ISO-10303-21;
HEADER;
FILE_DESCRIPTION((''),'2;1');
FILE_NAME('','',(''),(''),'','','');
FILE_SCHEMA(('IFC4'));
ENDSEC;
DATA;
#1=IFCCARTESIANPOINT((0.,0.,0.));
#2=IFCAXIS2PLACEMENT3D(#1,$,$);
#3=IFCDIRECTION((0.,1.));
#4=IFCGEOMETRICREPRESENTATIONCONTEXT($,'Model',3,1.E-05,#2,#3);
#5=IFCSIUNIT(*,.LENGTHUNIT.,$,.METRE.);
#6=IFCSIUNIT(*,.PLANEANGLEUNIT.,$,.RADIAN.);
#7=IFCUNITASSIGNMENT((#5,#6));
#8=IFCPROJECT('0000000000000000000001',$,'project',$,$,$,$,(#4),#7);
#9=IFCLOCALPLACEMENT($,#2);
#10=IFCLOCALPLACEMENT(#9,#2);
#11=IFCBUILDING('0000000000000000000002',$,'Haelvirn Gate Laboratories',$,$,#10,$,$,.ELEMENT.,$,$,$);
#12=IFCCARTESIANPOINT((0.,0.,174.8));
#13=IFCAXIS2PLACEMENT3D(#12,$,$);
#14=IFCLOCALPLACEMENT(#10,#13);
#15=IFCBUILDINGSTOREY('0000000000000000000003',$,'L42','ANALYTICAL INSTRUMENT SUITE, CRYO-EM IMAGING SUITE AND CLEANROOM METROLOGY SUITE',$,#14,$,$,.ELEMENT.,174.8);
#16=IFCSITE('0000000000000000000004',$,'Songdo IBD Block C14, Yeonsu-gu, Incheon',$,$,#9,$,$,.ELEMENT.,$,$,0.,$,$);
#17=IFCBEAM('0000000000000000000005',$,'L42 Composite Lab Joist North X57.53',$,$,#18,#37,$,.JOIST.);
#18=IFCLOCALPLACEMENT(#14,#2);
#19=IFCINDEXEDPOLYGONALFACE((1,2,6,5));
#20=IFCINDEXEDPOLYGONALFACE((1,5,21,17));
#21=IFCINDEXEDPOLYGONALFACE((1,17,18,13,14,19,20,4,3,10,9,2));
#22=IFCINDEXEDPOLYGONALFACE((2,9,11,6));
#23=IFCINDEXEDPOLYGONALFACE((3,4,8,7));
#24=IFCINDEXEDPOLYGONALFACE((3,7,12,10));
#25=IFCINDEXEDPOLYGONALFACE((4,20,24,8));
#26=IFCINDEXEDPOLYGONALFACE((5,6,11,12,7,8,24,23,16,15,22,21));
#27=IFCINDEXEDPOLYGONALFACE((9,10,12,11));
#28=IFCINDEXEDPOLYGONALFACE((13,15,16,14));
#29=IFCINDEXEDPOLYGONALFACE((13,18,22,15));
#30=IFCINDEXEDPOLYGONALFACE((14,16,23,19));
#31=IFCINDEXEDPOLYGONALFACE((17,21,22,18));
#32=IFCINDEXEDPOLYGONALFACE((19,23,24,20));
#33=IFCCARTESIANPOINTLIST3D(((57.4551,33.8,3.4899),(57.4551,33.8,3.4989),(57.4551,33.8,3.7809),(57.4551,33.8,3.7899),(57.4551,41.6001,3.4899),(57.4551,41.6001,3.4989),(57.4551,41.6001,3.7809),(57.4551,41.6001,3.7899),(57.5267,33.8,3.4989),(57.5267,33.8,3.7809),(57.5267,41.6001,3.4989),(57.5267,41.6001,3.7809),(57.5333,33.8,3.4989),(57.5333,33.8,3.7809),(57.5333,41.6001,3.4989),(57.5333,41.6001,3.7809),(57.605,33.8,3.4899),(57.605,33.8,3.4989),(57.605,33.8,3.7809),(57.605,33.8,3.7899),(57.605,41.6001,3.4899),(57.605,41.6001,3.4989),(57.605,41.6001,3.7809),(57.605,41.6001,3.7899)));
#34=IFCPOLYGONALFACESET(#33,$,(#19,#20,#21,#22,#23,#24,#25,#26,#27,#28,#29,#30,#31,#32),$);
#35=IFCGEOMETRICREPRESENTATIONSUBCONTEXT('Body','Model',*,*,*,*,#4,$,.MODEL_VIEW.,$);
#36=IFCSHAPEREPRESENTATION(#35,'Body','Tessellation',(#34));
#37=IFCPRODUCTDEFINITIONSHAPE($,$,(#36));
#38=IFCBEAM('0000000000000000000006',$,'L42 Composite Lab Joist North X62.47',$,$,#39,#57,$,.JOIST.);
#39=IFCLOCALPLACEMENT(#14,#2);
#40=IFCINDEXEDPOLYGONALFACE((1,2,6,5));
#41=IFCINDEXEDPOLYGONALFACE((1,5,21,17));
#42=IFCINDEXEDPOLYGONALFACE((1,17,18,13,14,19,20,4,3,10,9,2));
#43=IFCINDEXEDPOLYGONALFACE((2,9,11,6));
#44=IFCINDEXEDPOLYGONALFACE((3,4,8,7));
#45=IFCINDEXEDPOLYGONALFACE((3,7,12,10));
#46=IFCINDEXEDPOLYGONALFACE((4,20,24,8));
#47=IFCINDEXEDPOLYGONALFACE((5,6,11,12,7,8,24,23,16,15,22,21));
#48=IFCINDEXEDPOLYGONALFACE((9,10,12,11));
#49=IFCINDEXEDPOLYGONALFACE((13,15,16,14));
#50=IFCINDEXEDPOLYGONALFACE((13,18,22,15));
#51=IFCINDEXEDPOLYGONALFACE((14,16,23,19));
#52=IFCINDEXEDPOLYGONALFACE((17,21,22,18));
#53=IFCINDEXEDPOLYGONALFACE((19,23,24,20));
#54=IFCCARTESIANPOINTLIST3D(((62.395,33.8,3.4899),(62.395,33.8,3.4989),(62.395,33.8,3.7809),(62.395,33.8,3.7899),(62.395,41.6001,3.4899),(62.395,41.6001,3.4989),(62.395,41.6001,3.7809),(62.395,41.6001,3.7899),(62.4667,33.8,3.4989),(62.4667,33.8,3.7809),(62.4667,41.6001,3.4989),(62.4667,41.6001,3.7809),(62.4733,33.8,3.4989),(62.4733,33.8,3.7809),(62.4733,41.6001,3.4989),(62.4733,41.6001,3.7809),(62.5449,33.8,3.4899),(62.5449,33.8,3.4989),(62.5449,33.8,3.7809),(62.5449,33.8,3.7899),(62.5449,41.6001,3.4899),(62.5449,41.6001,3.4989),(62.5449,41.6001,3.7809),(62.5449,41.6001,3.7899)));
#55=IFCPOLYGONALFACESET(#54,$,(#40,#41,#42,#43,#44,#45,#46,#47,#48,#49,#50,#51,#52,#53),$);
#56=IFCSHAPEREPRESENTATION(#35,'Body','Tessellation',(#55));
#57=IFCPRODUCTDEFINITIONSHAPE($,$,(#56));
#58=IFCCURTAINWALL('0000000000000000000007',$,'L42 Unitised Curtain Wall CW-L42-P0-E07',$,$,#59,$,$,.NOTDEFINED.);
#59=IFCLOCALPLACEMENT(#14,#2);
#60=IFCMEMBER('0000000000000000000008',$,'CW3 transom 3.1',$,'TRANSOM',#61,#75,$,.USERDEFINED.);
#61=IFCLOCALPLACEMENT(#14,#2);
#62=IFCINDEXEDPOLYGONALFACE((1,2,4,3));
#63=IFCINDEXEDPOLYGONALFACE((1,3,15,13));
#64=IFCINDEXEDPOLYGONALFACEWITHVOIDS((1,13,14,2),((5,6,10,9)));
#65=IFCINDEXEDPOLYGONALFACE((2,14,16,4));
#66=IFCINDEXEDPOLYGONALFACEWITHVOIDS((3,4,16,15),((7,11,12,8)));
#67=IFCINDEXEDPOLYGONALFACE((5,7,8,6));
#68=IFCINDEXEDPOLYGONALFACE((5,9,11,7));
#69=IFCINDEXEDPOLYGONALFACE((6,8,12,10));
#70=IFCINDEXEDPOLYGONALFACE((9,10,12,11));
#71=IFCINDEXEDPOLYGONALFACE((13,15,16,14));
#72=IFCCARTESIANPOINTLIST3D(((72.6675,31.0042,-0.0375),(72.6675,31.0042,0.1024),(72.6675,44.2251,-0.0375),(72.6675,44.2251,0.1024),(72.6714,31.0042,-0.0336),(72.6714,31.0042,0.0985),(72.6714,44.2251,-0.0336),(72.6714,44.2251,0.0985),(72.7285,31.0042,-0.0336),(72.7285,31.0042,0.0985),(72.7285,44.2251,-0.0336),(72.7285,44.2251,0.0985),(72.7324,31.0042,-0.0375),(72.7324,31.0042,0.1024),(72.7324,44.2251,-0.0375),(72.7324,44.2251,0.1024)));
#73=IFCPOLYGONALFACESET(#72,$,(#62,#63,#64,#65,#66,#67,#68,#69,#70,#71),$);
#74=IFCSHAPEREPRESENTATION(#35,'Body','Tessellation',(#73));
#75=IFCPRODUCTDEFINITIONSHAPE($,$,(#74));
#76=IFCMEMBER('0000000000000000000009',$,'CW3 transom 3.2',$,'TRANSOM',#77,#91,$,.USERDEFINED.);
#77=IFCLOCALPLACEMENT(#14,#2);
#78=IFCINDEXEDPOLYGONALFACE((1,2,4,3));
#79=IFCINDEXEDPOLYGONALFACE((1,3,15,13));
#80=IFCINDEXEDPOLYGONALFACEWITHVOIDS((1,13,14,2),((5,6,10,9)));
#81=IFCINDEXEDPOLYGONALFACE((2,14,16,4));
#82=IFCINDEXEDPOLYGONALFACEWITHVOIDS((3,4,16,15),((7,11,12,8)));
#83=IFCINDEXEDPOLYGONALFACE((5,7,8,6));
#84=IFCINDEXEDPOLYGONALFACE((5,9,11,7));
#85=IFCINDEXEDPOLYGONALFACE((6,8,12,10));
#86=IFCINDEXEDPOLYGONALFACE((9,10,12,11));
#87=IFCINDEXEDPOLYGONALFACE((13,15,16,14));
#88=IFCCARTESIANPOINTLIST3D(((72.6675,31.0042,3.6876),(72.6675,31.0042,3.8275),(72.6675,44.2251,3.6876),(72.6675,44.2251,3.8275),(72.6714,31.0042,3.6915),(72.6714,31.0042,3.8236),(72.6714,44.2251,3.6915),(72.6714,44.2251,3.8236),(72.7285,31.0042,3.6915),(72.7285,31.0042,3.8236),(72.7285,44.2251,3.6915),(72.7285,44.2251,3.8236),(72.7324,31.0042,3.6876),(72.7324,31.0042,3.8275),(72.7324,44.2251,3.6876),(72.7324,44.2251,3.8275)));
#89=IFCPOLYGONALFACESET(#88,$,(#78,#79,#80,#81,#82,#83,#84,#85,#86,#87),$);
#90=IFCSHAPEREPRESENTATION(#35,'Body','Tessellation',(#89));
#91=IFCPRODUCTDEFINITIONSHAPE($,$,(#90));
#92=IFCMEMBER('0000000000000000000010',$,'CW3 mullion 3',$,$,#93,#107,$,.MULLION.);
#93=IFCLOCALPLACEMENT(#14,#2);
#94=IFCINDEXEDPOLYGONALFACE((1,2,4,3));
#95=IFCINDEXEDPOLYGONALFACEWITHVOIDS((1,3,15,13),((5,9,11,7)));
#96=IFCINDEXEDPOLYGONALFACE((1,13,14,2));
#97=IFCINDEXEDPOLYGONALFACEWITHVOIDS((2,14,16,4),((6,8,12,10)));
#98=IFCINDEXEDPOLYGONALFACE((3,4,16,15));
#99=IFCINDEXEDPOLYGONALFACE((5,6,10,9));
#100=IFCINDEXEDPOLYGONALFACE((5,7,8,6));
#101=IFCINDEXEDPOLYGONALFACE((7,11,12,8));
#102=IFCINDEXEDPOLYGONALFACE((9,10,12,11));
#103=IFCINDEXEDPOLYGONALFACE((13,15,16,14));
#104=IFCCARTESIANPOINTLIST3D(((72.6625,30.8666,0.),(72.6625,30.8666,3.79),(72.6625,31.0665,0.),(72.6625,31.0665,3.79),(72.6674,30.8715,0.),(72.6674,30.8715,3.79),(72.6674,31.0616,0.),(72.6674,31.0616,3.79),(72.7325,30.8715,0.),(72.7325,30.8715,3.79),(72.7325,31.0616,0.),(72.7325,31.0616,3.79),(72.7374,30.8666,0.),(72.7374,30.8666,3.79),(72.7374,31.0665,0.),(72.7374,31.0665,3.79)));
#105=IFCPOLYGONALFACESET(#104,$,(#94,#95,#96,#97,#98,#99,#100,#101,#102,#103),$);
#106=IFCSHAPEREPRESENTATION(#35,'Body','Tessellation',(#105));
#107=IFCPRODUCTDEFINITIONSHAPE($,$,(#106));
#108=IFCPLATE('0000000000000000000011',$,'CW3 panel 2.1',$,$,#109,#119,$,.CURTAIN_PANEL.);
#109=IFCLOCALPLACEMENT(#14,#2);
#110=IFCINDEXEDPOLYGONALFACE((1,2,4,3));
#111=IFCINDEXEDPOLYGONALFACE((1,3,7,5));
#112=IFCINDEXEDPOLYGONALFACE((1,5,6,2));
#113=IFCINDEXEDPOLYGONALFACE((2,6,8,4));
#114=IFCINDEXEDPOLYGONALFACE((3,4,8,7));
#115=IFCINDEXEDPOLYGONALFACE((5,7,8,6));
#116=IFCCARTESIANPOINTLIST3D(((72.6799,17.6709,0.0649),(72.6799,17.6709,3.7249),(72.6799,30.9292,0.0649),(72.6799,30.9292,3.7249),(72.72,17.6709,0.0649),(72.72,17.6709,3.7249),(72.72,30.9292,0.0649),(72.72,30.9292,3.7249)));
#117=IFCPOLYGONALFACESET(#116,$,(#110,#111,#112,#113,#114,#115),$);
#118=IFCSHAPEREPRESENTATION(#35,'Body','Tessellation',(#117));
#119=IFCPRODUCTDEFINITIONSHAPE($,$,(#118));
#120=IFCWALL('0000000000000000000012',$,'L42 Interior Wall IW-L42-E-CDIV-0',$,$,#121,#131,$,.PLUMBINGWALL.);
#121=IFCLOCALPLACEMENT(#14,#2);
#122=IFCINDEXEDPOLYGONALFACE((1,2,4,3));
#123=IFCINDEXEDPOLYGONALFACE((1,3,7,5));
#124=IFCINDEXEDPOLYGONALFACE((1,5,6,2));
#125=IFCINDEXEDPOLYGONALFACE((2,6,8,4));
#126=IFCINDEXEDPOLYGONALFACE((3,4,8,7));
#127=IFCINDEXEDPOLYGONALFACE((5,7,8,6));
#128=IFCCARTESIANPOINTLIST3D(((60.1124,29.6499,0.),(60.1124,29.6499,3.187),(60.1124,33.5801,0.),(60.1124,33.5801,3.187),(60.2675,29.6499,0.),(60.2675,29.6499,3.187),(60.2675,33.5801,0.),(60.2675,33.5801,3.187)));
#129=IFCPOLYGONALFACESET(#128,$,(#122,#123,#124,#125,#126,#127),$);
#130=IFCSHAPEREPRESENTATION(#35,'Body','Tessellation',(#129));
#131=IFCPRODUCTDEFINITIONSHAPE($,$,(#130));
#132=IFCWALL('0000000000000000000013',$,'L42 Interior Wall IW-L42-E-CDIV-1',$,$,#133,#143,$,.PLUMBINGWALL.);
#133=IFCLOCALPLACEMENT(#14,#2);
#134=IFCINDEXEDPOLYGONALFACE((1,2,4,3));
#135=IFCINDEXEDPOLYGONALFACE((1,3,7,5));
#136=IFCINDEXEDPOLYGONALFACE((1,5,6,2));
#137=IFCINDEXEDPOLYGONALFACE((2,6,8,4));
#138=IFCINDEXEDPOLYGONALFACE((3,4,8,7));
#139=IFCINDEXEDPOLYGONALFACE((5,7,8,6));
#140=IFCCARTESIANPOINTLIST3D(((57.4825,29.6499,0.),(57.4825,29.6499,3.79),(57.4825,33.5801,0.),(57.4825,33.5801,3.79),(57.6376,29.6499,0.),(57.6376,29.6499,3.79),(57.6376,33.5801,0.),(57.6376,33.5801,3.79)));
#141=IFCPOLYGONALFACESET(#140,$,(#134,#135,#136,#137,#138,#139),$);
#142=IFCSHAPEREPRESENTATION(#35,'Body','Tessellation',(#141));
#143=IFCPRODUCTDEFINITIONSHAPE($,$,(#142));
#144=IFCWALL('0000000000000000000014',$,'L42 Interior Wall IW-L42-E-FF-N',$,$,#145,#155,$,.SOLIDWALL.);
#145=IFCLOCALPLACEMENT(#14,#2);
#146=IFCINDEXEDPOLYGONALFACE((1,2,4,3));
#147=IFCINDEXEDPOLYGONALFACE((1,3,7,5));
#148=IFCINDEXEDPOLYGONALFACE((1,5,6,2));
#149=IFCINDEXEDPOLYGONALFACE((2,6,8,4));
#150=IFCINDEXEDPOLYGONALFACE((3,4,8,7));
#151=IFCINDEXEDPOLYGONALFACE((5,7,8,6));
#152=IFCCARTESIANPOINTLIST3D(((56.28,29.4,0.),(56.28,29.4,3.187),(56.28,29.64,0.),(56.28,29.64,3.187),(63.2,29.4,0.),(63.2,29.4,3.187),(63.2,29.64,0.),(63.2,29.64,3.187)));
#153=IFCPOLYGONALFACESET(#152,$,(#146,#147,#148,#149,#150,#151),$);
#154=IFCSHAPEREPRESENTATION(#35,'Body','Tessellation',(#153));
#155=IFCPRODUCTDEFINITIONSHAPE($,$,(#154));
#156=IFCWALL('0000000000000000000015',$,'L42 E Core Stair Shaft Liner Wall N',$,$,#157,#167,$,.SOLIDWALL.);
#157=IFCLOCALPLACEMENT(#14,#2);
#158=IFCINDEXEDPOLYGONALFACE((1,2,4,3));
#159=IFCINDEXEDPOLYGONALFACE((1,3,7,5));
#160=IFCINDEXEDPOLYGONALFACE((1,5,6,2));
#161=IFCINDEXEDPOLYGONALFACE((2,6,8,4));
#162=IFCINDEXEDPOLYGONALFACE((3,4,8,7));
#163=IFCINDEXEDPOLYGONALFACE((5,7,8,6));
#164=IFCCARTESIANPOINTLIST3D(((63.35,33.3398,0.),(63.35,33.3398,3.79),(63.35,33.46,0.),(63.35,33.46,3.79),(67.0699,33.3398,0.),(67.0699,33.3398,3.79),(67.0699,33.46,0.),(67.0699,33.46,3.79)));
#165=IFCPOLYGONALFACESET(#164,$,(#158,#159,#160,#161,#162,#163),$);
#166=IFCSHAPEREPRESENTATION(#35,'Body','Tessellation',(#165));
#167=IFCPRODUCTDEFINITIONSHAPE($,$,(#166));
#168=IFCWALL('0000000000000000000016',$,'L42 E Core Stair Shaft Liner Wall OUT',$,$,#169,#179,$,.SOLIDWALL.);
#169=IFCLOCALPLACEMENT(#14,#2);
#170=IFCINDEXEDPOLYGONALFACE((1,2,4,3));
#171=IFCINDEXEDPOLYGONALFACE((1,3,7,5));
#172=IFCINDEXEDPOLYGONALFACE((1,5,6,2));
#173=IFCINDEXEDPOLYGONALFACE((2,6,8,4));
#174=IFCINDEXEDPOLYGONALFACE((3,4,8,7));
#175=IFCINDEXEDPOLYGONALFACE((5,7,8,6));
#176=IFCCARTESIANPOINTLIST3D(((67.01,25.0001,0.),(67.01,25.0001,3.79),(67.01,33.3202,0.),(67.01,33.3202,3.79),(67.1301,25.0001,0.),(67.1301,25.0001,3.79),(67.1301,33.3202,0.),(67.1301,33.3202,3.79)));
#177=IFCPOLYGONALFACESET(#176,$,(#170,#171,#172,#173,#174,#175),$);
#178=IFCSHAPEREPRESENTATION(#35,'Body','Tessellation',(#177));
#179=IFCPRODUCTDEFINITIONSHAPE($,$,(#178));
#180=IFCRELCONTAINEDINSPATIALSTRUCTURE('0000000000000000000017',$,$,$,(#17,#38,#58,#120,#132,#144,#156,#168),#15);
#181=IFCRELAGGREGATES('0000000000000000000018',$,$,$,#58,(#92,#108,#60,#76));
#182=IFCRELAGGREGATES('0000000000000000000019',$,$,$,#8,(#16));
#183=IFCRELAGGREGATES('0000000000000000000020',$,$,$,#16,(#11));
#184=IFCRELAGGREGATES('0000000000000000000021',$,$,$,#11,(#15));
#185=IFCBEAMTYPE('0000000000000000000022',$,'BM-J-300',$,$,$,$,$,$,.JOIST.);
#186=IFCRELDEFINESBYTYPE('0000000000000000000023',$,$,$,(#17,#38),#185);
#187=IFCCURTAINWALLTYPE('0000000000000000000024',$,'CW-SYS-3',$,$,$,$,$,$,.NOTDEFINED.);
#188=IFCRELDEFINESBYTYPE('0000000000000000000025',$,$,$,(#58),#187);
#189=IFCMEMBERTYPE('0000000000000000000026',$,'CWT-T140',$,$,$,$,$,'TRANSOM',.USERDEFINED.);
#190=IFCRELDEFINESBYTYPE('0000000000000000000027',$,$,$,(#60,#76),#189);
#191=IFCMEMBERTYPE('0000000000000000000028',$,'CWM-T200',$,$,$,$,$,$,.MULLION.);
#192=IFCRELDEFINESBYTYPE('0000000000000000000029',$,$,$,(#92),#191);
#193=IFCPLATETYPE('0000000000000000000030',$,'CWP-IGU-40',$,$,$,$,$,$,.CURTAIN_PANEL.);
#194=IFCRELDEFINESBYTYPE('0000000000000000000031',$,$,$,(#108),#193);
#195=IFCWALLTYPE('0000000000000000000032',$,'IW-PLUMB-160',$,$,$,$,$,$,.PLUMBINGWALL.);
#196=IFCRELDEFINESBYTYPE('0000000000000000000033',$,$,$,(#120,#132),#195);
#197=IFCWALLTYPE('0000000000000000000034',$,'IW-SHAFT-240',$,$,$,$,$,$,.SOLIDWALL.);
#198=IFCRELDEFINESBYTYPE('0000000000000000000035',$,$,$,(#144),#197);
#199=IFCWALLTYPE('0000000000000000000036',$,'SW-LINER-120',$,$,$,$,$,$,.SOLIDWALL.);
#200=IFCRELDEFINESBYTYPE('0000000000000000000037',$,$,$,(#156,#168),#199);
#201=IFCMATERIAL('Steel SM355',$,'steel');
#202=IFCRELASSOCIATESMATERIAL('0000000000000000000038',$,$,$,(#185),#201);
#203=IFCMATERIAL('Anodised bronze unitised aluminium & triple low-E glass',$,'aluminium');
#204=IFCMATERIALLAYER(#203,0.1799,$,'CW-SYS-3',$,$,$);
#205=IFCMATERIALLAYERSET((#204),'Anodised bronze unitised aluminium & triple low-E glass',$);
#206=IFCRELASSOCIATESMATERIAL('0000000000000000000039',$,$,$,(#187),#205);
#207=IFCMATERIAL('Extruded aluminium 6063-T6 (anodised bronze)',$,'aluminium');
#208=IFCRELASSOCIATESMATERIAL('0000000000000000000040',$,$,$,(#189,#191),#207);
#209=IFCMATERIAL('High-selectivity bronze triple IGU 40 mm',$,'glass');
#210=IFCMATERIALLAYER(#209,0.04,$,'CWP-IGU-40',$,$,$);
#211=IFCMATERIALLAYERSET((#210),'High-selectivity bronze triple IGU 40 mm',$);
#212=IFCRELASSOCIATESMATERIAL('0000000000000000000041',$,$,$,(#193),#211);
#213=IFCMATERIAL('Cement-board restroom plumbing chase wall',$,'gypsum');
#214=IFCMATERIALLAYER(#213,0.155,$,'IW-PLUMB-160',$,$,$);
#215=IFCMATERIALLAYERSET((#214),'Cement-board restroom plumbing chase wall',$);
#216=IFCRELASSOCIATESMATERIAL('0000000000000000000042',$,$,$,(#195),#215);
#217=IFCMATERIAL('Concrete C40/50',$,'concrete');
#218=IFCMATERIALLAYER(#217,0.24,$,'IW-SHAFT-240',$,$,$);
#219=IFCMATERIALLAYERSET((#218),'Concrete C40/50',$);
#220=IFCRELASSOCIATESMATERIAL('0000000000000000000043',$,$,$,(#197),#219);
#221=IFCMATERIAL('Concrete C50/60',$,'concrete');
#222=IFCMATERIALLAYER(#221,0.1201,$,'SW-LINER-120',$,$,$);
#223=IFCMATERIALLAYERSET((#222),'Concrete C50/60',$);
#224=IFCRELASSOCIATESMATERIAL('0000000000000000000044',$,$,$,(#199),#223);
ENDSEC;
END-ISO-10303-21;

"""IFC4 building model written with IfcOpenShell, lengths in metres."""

from ifc_helpers import new_model, si_unit, direction, frame, frame_2d, origin, origin_2d, place, context, subcontext, project, spatial, rectangle, hollow_rectangle, i_section, extrude, source, transform, mapped, material, layer, layer_set, material_profile, profile_set, type_object, type_shapes, element, aggregate, save


model = new_model("IFC4")

# Units and contexts
model_context = context("Model", 3, precision=1e-05, world=origin(), true_north=direction((0.0, 1.0)))
body_context = subcontext(model_context, "Body", "Model", "MODEL_VIEW")
ifc_project = project(units=[si_unit("LENGTHUNIT", "METRE"), si_unit("PLANEANGLEUNIT", "RADIAN")], contexts=[model_context])

# Site, building, storey
site_placement = place(None, origin())
site = spatial("IfcSite", under=ifc_project, at=site_placement, Name="Songdo IBD Block C14, Yeonsu-gu, Incheon", CompositionType="ELEMENT", RefElevation=0.0)
building_placement = place(site_placement, origin())
building = spatial("IfcBuilding", under=site, at=building_placement, Name="Haelvirn Gate Laboratories", CompositionType="ELEMENT")
storey_placement = place(building_placement, frame((0.0, 0.0, 174.8)))
storey = spatial("IfcBuildingStorey", under=building, at=storey_placement, Name="L42", Description="ANALYTICAL INSTRUMENT SUITE, CRYO-EM IMAGING SUITE AND CLEANROOM METROLOGY SUITE", CompositionType="ELEMENT", Elevation=174.8)

# Beams
ifc_material_1 = material(Name="Steel SM355", Category="steel")
ifc_material_profile_1 = material_profile(ifc_material_1, i_section(OverallWidth=0.1499, OverallDepth=0.3, WebThickness=0.0066, FlangeThickness=0.009, at=origin_2d()), Name="H-300x150x6.5x9")
ifc_profile_set_1 = profile_set([ifc_material_profile_1], Name="Steel SM355")
beam_type = type_object("IfcBeamType", Name="BM-J-300", PredefinedType="JOIST", material=ifc_profile_set_1)
shared_shape_1 = source(origin(), body_context, "Body", "SweptSolid", [
    extrude(i_section(OverallWidth=0.1499, OverallDepth=0.3, WebThickness=0.0066, FlangeThickness=0.009, at=origin_2d()), origin(), (0.0, 0.0, 1.0), 7.8),
])
type_shapes(beam_type, [shared_shape_1])
for number, where, z_axis, x_axis, name in (
    (1, (57.53, 33.8, 3.6399), (0.0, 1.0, 0.0), (-1.0, 0.0, 0.0), "L42 Composite Lab Joist North X57.53"),
    (2, (62.47, 33.8, 3.6399), (0.0, 1.0, 0.0), (-1.0, 0.0, 0.0), "L42 Composite Lab Joist North X62.47"),
):
    element("IfcBeam", number, at=place(storey_placement, frame(where, z_axis=z_axis, x_axis=x_axis)), inside=storey, type_object=beam_type, Name=name, PredefinedType="JOIST", context=body_context, shape_type="MappedRepresentation", body=[
        mapped(shared_shape_1, transform((0.0, 0.0, 0.0), scale=1.0)),
    ])

# Curtain wall, members, plate
ifc_material_2 = material(Name="Anodised bronze unitised aluminium & triple low-E glass", Category="aluminium")
ifc_layer_1 = layer(ifc_material_2, 0.1799, Name="CW-SYS-3")
ifc_layer_set_1 = layer_set([ifc_layer_1], Name="Anodised bronze unitised aluminium & triple low-E glass")
curtain_wall_type = type_object("IfcCurtainWallType", Name="CW-SYS-3", PredefinedType="NOTDEFINED", material=ifc_layer_set_1)
curtain_wall_placement = place(storey_placement, origin())
curtain_wall = element("IfcCurtainWall", 3, at=curtain_wall_placement, inside=storey, type_object=curtain_wall_type, Name="L42 Unitised Curtain Wall CW-L42-P0-E07", PredefinedType="NOTDEFINED")
ifc_material_3 = material(Name="Extruded aluminium 6063-T6 (anodised bronze)", Category="aluminium")
ifc_material_profile_2 = material_profile(ifc_material_3, hollow_rectangle(XDim=0.0649, YDim=0.1399, WallThickness=0.0039, at=origin_2d()), Name="CWT-140x65x4")
ifc_profile_set_2 = profile_set([ifc_material_profile_2], Name="Extruded aluminium 6063-T6 (anodised bronze)")
member_type_1 = type_object("IfcMemberType", Name="CWT-T140", ElementType="TRANSOM", PredefinedType="USERDEFINED", material=ifc_profile_set_2)
shared_shape_2 = source(origin(), body_context, "Body", "SweptSolid", [
    extrude(hollow_rectangle(XDim=0.0649, YDim=0.1399, WallThickness=0.0039, at=origin_2d()), origin(), (0.0, 0.0, 1.0), 13.2209),
])
type_shapes(member_type_1, [shared_shape_2])
member_1_placement = place(storey_placement, frame((72.7, 31.0042, 0.0325), z_axis=(0.0, 1.0, 0.0), x_axis=(-1.0, 0.0, 0.0)))
member_1 = element("IfcMember", 4, at=member_1_placement, type_object=member_type_1, Name="CW3 transom 3.1", ObjectType="TRANSOM", PredefinedType="USERDEFINED", context=body_context, shape_type="MappedRepresentation", body=[
    mapped(shared_shape_2, transform((0.0, 0.0, 0.0), scale=1.0)),
])
member_2_placement = place(storey_placement, frame((72.7, 31.0042, 3.7576), z_axis=(0.0, 1.0, 0.0), x_axis=(-1.0, 0.0, 0.0)))
member_2 = element("IfcMember", 5, at=member_2_placement, type_object=member_type_1, Name="CW3 transom 3.2", ObjectType="TRANSOM", PredefinedType="USERDEFINED", context=body_context, shape_type="MappedRepresentation", body=[
    mapped(shared_shape_2, transform((0.0, 0.0, 0.0), scale=1.0)),
])
ifc_material_profile_3 = material_profile(ifc_material_3, hollow_rectangle(XDim=0.075, YDim=0.2, WallThickness=0.0049, at=origin_2d()), Name="CWM-200x75x5")
ifc_profile_set_3 = profile_set([ifc_material_profile_3], Name="Extruded aluminium 6063-T6 (anodised bronze)")
member_type_2 = type_object("IfcMemberType", Name="CWM-T200", PredefinedType="MULLION", material=ifc_profile_set_3)
shared_shape_3 = source(origin(), body_context, "Body", "SweptSolid", [
    extrude(hollow_rectangle(XDim=0.075, YDim=0.2, WallThickness=0.0049, at=origin_2d()), origin(), (0.0, 0.0, 1.0), 3.79),
])
type_shapes(member_type_2, [shared_shape_3])
member_3_placement = place(storey_placement, frame((72.7, 30.9666, 0.0), z_axis=(0.0, 0.0, 1.0), x_axis=(-1.0, 0.0, 0.0)))
member_3 = element("IfcMember", 6, at=member_3_placement, type_object=member_type_2, Name="CW3 mullion 3", PredefinedType="MULLION", context=body_context, shape_type="MappedRepresentation", body=[
    mapped(shared_shape_3, transform((0.0, 0.0, 0.0), scale=1.0)),
])
ifc_material_4 = material(Name="High-selectivity bronze triple IGU 40 mm", Category="glass")
ifc_layer_2 = layer(ifc_material_4, 0.04, Name="CWP-IGU-40")
ifc_layer_set_2 = layer_set([ifc_layer_2], Name="High-selectivity bronze triple IGU 40 mm")
plate_type = type_object("IfcPlateType", Name="CWP-IGU-40", PredefinedType="CURTAIN_PANEL", material=ifc_layer_set_2)
shared_shape_4 = source(origin(), body_context, "Body", "SweptSolid", [
    extrude(rectangle(XDim=13.2583, YDim=0.04, at=origin_2d()), origin(), (0.0, 0.0, 1.0), 3.6599),
])
type_shapes(plate_type, [shared_shape_4])
plate_placement = place(storey_placement, frame((72.7, 24.3, 0.0649), z_axis=(0.0, 0.0, 1.0), x_axis=(0.0, 1.0, 0.0)))
plate = element("IfcPlate", 7, at=plate_placement, type_object=plate_type, Name="CW3 panel 2.1", PredefinedType="CURTAIN_PANEL", context=body_context, shape_type="MappedRepresentation", body=[
    mapped(shared_shape_4, transform((0.0, 0.0, 0.0), scale=1.0)),
])
aggregate(curtain_wall, [member_3, plate, member_1, member_2])

# Walls
ifc_material_5 = material(Name="Cement-board restroom plumbing chase wall", Category="gypsum")
ifc_layer_3 = layer(ifc_material_5, 0.155, Name="IW-PLUMB-160")
ifc_layer_set_3 = layer_set([ifc_layer_3], Name="Cement-board restroom plumbing chase wall")
wall_type_1 = type_object("IfcWallType", Name="IW-PLUMB-160", PredefinedType="PLUMBINGWALL", material=ifc_layer_set_3)
wall_1_placement = place(storey_placement, frame((60.1899, 29.6499, 0.0), z_axis=(0.0, 0.0, 1.0), x_axis=(0.0, 1.0, 0.0)))
element("IfcWall", 8, at=wall_1_placement, inside=storey, type_object=wall_type_1, Name="L42 Interior Wall IW-L42-E-CDIV-0", PredefinedType="PLUMBINGWALL", context=body_context, shape_type="SweptSolid", body=[
    extrude(rectangle(XDim=3.9302, YDim=0.155, at=frame_2d((1.9651, 0.0))), origin(), (0.0, 0.0, 1.0), 3.187),
])
wall_2_placement = place(storey_placement, frame((57.5601, 29.6499, 0.0), z_axis=(0.0, 0.0, 1.0), x_axis=(0.0, 1.0, 0.0)))
element("IfcWall", 9, at=wall_2_placement, inside=storey, type_object=wall_type_1, Name="L42 Interior Wall IW-L42-E-CDIV-1", PredefinedType="PLUMBINGWALL", context=body_context, shape_type="SweptSolid", body=[
    extrude(rectangle(XDim=3.9302, YDim=0.155, at=frame_2d((1.9651, 0.0))), origin(), (0.0, 0.0, 1.0), 3.79),
])
ifc_material_6 = material(Name="Concrete C40/50", Category="concrete")
ifc_layer_4 = layer(ifc_material_6, 0.24, Name="IW-SHAFT-240")
ifc_layer_set_4 = layer_set([ifc_layer_4], Name="Concrete C40/50")
wall_type_2 = type_object("IfcWallType", Name="IW-SHAFT-240", PredefinedType="SOLIDWALL", material=ifc_layer_set_4)
wall_3_placement = place(storey_placement, frame((56.28, 29.52, 0.0), z_axis=(0.0, 0.0, 1.0), x_axis=(1.0, 0.0, 0.0)))
element("IfcWall", 10, at=wall_3_placement, inside=storey, type_object=wall_type_2, Name="L42 Interior Wall IW-L42-E-FF-N", PredefinedType="SOLIDWALL", context=body_context, shape_type="SweptSolid", body=[
    extrude(rectangle(XDim=6.9199, YDim=0.24, at=frame_2d((3.46, 0.0))), origin(), (0.0, 0.0, 1.0), 3.187),
])
ifc_material_7 = material(Name="Concrete C50/60", Category="concrete")
ifc_layer_5 = layer(ifc_material_7, 0.1201, Name="SW-LINER-120")
ifc_layer_set_5 = layer_set([ifc_layer_5], Name="Concrete C50/60")
wall_type_3 = type_object("IfcWallType", Name="SW-LINER-120", PredefinedType="SOLIDWALL", material=ifc_layer_set_5)
wall_4_placement = place(storey_placement, frame((63.3501, 33.3999, 0.0), z_axis=(0.0, 0.0, 1.0), x_axis=(1.0, 0.0, 0.0)))
element("IfcWall", 11, at=wall_4_placement, inside=storey, type_object=wall_type_3, Name="L42 E Core Stair Shaft Liner Wall N", PredefinedType="SOLIDWALL", context=body_context, shape_type="SweptSolid", body=[
    extrude(rectangle(XDim=3.72, YDim=0.1201, at=frame_2d((1.8599, 0.0))), origin(), (0.0, 0.0, 1.0), 3.79),
])
wall_5_placement = place(storey_placement, frame((67.0701, 25.0, 0.0), z_axis=(0.0, 0.0, 1.0), x_axis=(0.0, 1.0, 0.0)))
element("IfcWall", 12, at=wall_5_placement, inside=storey, type_object=wall_type_3, Name="L42 E Core Stair Shaft Liner Wall OUT", PredefinedType="SOLIDWALL", context=body_context, shape_type="SweptSolid", body=[
    extrude(rectangle(XDim=8.3201, YDim=0.1201, at=frame_2d((4.1602, 0.0))), origin(), (0.0, 0.0, 1.0), 3.79),
])

save(model, "model.ifc")
